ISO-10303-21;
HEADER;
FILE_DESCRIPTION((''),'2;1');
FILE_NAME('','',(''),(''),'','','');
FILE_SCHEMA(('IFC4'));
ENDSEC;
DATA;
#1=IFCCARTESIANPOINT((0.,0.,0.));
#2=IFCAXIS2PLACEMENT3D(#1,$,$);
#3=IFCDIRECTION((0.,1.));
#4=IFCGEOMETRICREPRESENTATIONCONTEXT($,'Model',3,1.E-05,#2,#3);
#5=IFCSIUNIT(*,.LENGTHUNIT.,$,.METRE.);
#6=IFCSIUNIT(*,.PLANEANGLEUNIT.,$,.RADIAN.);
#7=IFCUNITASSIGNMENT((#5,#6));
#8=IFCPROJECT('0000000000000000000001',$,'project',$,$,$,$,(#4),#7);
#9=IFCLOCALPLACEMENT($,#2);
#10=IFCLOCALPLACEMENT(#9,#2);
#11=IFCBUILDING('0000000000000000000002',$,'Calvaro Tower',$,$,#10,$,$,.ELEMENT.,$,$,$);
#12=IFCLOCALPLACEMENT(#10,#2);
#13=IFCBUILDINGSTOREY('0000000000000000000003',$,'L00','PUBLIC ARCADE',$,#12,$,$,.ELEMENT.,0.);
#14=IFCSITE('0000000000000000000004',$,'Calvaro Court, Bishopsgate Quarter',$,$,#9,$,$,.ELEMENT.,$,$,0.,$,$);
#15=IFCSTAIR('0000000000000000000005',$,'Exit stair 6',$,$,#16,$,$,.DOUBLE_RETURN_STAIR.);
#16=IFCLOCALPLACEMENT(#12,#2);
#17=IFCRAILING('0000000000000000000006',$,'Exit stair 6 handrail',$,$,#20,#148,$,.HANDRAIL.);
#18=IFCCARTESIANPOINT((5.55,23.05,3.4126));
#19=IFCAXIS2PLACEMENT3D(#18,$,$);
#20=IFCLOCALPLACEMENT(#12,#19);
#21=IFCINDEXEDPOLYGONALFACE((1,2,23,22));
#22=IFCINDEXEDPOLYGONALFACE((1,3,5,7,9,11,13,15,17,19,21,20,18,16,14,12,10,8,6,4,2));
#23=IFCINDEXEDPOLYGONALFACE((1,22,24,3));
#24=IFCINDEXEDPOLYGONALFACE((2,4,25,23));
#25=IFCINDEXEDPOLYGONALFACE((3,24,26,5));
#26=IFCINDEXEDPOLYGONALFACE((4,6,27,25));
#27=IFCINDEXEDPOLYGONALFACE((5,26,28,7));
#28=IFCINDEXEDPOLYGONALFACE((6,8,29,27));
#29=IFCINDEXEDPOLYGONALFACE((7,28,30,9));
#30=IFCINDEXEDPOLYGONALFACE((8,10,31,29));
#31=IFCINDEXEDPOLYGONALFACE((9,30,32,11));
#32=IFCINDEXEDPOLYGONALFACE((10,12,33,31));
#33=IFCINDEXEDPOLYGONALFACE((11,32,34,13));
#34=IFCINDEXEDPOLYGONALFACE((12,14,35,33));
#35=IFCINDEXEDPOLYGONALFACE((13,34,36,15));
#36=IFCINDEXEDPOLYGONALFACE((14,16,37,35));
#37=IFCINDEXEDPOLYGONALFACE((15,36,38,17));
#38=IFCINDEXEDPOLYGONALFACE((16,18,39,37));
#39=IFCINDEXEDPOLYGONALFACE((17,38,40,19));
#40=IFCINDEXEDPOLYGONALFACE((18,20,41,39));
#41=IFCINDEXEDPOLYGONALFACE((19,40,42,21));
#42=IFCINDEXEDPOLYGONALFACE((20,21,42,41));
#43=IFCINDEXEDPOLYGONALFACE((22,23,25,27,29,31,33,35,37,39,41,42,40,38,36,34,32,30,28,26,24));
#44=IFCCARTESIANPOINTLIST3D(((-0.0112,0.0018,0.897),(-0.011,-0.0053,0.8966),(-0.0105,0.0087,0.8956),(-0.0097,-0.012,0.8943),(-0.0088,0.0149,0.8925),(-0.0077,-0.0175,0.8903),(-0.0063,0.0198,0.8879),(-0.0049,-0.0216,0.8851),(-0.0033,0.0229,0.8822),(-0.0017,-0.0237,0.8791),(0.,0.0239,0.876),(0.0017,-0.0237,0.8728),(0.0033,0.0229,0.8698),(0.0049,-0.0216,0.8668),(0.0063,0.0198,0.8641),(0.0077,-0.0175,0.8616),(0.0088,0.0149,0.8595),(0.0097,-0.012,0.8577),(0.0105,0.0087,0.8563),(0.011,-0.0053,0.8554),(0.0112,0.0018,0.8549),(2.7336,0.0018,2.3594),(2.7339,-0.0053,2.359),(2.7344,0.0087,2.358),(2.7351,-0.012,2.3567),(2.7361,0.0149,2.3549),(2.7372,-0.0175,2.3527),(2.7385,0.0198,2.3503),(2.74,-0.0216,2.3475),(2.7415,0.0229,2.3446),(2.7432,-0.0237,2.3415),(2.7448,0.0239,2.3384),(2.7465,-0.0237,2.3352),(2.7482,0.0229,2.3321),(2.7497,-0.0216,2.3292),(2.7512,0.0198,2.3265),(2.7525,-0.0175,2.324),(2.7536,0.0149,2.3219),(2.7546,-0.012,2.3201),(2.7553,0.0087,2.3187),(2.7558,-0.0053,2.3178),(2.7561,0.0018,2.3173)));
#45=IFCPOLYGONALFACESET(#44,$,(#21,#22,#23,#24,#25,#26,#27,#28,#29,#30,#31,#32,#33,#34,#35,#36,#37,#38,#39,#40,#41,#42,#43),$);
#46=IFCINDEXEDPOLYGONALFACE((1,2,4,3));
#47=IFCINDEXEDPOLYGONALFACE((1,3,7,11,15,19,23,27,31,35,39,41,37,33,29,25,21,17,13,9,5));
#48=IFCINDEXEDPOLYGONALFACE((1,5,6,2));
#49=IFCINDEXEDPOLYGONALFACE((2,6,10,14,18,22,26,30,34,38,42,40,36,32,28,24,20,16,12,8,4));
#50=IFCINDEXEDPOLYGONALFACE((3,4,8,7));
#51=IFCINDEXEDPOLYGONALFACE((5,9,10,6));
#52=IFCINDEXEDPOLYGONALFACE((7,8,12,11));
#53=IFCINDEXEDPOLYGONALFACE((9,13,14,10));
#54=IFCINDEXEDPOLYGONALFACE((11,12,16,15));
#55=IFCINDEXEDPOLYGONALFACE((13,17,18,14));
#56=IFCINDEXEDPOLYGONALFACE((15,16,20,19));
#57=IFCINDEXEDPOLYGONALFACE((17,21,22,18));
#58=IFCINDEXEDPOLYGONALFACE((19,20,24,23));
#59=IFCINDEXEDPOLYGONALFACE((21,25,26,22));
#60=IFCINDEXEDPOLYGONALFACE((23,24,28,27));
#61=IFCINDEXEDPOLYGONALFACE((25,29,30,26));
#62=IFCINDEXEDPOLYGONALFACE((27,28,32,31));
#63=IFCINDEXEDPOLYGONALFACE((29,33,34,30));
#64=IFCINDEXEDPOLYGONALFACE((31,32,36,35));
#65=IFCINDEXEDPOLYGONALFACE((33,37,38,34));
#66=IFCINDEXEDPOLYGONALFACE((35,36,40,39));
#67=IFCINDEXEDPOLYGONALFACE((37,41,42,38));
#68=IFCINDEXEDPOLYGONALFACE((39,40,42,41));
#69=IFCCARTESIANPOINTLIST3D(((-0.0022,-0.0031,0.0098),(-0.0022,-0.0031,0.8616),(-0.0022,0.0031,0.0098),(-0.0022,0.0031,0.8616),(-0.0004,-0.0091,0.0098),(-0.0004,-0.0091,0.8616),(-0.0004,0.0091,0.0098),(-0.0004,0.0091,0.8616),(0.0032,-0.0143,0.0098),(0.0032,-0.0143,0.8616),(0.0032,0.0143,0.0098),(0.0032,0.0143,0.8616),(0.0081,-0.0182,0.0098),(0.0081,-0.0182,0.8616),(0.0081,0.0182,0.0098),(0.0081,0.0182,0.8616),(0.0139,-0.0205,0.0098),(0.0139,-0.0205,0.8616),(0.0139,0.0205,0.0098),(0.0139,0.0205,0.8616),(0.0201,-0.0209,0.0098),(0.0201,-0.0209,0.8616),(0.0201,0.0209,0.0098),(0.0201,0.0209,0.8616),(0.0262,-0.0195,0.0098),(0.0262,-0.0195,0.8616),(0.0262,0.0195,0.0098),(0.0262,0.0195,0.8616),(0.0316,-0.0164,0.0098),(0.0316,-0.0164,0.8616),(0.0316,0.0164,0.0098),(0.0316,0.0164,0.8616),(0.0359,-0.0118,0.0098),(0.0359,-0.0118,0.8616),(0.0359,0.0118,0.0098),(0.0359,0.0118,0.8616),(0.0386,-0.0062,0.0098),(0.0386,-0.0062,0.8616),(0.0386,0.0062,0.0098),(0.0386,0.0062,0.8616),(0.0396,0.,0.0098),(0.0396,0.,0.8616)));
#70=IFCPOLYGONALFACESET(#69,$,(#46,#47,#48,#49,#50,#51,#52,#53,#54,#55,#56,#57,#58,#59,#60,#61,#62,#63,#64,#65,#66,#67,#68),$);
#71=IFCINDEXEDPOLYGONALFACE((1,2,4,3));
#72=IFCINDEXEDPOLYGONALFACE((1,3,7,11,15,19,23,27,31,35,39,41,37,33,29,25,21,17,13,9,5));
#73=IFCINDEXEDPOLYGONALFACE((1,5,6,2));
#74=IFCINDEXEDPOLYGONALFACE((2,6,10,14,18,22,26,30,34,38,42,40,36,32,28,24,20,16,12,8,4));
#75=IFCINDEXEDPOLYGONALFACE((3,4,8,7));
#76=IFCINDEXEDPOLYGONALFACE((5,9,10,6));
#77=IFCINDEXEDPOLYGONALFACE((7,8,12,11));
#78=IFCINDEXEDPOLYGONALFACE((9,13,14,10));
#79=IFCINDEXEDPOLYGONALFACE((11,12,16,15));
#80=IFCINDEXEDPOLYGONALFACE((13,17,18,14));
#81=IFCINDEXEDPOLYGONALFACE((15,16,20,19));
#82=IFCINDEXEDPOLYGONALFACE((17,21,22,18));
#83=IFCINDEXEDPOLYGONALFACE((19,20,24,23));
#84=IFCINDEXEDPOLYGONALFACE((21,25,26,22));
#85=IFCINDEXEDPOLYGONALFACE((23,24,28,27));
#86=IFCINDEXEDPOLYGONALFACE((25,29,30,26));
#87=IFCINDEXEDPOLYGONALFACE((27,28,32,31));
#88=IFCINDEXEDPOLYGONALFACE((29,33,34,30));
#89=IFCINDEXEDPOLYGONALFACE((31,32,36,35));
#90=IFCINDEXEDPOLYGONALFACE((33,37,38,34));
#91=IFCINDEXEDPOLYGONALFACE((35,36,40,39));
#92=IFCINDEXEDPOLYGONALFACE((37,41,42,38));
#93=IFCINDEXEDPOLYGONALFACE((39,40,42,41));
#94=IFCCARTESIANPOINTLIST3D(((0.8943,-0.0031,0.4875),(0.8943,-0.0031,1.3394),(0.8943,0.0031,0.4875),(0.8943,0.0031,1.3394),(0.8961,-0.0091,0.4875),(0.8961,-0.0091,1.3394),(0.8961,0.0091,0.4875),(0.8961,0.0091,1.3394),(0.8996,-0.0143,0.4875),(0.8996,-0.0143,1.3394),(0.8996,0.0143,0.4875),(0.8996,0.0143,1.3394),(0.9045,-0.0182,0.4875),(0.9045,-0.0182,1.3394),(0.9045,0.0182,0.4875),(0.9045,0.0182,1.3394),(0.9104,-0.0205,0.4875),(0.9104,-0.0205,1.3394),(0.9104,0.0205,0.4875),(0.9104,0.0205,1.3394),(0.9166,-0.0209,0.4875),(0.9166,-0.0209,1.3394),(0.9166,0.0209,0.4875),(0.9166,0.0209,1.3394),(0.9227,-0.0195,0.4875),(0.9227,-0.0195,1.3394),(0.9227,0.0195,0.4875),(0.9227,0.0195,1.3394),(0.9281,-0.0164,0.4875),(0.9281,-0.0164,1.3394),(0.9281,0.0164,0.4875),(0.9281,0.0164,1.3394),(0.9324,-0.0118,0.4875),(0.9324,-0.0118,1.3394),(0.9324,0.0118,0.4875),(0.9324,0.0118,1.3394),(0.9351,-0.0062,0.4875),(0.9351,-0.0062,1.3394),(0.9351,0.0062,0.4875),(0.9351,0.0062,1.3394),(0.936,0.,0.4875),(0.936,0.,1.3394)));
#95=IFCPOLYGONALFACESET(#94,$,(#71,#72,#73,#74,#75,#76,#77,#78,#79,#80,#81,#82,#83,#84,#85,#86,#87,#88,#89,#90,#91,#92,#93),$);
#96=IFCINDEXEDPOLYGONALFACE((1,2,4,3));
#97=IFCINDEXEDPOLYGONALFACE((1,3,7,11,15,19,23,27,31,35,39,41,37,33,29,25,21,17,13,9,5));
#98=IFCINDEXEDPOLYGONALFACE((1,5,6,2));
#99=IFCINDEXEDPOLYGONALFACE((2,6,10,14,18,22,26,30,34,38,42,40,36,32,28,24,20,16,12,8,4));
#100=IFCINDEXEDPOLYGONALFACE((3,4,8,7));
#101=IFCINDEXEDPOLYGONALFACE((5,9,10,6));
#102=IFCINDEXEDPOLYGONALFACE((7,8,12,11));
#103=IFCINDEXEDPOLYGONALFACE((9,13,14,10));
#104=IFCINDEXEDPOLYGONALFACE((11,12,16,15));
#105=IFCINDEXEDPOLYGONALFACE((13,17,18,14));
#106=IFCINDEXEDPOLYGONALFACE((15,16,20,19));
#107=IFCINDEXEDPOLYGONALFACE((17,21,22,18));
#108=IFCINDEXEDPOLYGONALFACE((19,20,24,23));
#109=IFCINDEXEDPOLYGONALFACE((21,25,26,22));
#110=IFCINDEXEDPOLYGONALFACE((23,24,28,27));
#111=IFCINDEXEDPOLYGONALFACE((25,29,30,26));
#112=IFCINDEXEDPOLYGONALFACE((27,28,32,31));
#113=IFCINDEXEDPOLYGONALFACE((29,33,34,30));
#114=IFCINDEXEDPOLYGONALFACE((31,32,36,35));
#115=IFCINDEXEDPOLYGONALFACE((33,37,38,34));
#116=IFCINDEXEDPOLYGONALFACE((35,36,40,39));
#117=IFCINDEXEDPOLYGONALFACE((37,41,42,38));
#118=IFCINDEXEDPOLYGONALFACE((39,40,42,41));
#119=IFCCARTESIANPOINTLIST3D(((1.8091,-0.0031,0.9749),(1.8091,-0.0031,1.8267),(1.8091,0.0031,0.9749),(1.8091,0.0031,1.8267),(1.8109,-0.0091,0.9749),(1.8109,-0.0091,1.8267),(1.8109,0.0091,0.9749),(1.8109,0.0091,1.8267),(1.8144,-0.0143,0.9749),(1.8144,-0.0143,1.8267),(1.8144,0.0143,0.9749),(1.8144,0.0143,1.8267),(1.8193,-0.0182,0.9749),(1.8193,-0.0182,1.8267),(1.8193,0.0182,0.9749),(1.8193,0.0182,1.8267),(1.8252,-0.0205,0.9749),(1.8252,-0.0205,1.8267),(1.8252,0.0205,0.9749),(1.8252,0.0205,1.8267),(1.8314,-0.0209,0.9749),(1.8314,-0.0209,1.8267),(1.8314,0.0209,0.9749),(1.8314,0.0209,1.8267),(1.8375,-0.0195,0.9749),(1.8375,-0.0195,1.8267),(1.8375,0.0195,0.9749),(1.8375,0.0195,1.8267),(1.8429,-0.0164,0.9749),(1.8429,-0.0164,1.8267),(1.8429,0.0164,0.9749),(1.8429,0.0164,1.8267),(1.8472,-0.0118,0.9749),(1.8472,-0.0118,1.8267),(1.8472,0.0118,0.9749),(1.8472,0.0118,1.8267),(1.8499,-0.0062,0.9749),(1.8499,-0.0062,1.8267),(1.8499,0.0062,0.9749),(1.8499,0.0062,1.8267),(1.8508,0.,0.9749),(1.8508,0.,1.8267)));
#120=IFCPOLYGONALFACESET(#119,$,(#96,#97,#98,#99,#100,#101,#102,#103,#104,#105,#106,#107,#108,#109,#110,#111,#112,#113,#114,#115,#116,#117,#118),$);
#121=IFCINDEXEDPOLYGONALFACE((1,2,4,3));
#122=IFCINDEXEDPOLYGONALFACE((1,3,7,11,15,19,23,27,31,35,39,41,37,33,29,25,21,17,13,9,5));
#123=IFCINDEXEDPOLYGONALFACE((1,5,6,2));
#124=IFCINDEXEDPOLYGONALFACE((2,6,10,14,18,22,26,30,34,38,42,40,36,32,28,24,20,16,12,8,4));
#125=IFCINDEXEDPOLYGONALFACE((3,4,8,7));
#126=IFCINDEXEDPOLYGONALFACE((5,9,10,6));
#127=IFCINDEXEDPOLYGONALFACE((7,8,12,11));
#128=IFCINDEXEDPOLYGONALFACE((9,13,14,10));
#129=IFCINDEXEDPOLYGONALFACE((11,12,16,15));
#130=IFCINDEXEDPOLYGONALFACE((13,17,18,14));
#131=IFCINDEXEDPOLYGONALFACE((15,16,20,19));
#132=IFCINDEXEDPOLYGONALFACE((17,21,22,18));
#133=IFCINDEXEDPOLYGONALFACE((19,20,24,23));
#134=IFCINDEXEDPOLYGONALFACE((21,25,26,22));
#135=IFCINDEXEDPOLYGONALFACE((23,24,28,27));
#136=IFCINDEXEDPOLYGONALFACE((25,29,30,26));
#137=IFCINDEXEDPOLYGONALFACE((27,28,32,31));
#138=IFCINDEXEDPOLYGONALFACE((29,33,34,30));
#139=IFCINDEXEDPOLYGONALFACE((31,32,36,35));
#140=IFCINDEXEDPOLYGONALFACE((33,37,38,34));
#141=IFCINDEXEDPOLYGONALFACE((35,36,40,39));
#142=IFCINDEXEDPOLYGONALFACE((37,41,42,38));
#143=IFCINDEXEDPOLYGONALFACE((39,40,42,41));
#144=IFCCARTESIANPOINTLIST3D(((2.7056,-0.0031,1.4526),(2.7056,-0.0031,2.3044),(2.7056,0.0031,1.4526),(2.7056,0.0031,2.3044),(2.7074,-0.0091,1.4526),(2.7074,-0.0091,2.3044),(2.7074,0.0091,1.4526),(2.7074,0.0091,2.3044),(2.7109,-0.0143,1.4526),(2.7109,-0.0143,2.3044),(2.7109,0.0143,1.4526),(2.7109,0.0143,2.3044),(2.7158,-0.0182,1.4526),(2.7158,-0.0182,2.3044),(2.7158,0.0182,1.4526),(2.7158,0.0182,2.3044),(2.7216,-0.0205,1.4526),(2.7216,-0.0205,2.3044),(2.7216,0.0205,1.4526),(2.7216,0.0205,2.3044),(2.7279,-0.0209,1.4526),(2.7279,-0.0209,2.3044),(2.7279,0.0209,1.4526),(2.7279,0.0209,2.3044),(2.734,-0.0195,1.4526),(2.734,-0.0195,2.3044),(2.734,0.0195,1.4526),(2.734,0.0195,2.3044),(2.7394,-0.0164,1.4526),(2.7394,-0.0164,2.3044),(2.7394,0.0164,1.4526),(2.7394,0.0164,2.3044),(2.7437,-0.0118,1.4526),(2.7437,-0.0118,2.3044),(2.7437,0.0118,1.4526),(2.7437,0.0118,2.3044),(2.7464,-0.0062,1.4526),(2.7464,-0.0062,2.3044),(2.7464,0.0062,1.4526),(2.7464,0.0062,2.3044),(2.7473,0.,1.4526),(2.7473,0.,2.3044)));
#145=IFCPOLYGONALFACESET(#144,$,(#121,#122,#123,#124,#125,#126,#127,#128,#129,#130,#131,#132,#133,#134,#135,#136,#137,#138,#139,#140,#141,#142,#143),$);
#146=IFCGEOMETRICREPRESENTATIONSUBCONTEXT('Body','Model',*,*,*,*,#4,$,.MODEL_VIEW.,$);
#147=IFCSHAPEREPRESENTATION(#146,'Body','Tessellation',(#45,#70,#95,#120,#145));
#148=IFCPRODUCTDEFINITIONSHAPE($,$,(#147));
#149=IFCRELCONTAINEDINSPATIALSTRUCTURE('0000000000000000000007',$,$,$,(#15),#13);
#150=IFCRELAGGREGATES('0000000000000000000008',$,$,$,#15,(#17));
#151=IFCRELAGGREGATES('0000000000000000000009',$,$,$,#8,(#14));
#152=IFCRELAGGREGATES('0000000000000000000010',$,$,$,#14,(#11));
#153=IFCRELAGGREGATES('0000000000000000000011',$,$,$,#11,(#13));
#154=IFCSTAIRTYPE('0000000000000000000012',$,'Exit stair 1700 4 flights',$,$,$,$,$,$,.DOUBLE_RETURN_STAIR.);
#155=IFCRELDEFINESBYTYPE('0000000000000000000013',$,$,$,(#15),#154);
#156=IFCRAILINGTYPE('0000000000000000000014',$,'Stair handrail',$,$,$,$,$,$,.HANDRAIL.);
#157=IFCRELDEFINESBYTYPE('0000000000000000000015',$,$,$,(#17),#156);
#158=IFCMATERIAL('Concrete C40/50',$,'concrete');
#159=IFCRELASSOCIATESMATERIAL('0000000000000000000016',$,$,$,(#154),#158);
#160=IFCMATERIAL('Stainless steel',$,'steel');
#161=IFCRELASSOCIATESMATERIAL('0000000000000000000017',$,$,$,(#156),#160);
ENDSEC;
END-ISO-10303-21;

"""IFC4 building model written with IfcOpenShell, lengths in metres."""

from ifc_helpers import new_model, si_unit, direction, frame, origin, origin_2d, place, context, subcontext, project, spatial, circle, extrude, material, type_object, element, aggregate, save


model = new_model("IFC4")

# Units and contexts
model_context = context("Model", 3, precision=1e-05, world=origin(), true_north=direction((0.0, 1.0)))
body_context = subcontext(model_context, "Body", "Model", "MODEL_VIEW")
ifc_project = project(units=[si_unit("LENGTHUNIT", "METRE"), si_unit("PLANEANGLEUNIT", "RADIAN")], contexts=[model_context])

# Site, building, storey
site_placement = place(None, origin())
site = spatial("IfcSite", under=ifc_project, at=site_placement, Name="Calvaro Court, Bishopsgate Quarter", CompositionType="ELEMENT", RefElevation=0.0)
building_placement = place(site_placement, origin())
building = spatial("IfcBuilding", under=site, at=building_placement, Name="Calvaro Tower", CompositionType="ELEMENT")
storey_placement = place(building_placement, origin())
storey = spatial("IfcBuildingStorey", under=building, at=storey_placement, Name="L00", Description="PUBLIC ARCADE", CompositionType="ELEMENT", Elevation=0.0)

# Stair, railing
ifc_material_1 = material(Name="Concrete C40/50", Category="concrete")
stair_type = type_object("IfcStairType", Name="Exit stair 1700 4 flights", PredefinedType="DOUBLE_RETURN_STAIR", material=ifc_material_1)
stair_placement = place(storey_placement, origin())
stair = element("IfcStair", 1, at=stair_placement, inside=storey, type_object=stair_type, Name="Exit stair 6", PredefinedType="DOUBLE_RETURN_STAIR")
ifc_material_2 = material(Name="Stainless steel", Category="steel")
railing_type = type_object("IfcRailingType", Name="Stair handrail", PredefinedType="HANDRAIL", material=ifc_material_2)
railing_1_placement = place(storey_placement, frame((5.55, 23.05, 3.4126)))
railing_1 = element("IfcRailing", 2, at=railing_1_placement, type_object=railing_type, Name="Exit stair 6 handrail", PredefinedType="HANDRAIL", context=body_context, shape_type="SweptSolid", body=[
    extrude(circle(Radius=0.0239, at=origin_2d()), frame((0.0, 0.0, 0.876), z_axis=(0.882557, 0.0, 0.470205), x_axis=(0.0, 1.0, 0.0)), (0.0, 0.0, 1.0), 3.1101),
    extrude(circle(Radius=0.021, at=origin_2d()), frame((0.0186, 0.0, 0.0098)), (0.0, 0.0, 1.0), 0.8518),
    extrude(circle(Radius=0.021, at=origin_2d()), frame((0.915, 0.0, 0.4875)), (0.0, 0.0, 1.0), 0.8518),
    extrude(circle(Radius=0.021, at=origin_2d()), frame((1.8298, 0.0, 0.9749)), (0.0, 0.0, 1.0), 0.8518),
    extrude(circle(Radius=0.021, at=origin_2d()), frame((2.7263, 0.0, 1.4526)), (0.0, 0.0, 1.0), 0.8518),
])
aggregate(stair, [railing_1])

save(model, "model.ifc")
